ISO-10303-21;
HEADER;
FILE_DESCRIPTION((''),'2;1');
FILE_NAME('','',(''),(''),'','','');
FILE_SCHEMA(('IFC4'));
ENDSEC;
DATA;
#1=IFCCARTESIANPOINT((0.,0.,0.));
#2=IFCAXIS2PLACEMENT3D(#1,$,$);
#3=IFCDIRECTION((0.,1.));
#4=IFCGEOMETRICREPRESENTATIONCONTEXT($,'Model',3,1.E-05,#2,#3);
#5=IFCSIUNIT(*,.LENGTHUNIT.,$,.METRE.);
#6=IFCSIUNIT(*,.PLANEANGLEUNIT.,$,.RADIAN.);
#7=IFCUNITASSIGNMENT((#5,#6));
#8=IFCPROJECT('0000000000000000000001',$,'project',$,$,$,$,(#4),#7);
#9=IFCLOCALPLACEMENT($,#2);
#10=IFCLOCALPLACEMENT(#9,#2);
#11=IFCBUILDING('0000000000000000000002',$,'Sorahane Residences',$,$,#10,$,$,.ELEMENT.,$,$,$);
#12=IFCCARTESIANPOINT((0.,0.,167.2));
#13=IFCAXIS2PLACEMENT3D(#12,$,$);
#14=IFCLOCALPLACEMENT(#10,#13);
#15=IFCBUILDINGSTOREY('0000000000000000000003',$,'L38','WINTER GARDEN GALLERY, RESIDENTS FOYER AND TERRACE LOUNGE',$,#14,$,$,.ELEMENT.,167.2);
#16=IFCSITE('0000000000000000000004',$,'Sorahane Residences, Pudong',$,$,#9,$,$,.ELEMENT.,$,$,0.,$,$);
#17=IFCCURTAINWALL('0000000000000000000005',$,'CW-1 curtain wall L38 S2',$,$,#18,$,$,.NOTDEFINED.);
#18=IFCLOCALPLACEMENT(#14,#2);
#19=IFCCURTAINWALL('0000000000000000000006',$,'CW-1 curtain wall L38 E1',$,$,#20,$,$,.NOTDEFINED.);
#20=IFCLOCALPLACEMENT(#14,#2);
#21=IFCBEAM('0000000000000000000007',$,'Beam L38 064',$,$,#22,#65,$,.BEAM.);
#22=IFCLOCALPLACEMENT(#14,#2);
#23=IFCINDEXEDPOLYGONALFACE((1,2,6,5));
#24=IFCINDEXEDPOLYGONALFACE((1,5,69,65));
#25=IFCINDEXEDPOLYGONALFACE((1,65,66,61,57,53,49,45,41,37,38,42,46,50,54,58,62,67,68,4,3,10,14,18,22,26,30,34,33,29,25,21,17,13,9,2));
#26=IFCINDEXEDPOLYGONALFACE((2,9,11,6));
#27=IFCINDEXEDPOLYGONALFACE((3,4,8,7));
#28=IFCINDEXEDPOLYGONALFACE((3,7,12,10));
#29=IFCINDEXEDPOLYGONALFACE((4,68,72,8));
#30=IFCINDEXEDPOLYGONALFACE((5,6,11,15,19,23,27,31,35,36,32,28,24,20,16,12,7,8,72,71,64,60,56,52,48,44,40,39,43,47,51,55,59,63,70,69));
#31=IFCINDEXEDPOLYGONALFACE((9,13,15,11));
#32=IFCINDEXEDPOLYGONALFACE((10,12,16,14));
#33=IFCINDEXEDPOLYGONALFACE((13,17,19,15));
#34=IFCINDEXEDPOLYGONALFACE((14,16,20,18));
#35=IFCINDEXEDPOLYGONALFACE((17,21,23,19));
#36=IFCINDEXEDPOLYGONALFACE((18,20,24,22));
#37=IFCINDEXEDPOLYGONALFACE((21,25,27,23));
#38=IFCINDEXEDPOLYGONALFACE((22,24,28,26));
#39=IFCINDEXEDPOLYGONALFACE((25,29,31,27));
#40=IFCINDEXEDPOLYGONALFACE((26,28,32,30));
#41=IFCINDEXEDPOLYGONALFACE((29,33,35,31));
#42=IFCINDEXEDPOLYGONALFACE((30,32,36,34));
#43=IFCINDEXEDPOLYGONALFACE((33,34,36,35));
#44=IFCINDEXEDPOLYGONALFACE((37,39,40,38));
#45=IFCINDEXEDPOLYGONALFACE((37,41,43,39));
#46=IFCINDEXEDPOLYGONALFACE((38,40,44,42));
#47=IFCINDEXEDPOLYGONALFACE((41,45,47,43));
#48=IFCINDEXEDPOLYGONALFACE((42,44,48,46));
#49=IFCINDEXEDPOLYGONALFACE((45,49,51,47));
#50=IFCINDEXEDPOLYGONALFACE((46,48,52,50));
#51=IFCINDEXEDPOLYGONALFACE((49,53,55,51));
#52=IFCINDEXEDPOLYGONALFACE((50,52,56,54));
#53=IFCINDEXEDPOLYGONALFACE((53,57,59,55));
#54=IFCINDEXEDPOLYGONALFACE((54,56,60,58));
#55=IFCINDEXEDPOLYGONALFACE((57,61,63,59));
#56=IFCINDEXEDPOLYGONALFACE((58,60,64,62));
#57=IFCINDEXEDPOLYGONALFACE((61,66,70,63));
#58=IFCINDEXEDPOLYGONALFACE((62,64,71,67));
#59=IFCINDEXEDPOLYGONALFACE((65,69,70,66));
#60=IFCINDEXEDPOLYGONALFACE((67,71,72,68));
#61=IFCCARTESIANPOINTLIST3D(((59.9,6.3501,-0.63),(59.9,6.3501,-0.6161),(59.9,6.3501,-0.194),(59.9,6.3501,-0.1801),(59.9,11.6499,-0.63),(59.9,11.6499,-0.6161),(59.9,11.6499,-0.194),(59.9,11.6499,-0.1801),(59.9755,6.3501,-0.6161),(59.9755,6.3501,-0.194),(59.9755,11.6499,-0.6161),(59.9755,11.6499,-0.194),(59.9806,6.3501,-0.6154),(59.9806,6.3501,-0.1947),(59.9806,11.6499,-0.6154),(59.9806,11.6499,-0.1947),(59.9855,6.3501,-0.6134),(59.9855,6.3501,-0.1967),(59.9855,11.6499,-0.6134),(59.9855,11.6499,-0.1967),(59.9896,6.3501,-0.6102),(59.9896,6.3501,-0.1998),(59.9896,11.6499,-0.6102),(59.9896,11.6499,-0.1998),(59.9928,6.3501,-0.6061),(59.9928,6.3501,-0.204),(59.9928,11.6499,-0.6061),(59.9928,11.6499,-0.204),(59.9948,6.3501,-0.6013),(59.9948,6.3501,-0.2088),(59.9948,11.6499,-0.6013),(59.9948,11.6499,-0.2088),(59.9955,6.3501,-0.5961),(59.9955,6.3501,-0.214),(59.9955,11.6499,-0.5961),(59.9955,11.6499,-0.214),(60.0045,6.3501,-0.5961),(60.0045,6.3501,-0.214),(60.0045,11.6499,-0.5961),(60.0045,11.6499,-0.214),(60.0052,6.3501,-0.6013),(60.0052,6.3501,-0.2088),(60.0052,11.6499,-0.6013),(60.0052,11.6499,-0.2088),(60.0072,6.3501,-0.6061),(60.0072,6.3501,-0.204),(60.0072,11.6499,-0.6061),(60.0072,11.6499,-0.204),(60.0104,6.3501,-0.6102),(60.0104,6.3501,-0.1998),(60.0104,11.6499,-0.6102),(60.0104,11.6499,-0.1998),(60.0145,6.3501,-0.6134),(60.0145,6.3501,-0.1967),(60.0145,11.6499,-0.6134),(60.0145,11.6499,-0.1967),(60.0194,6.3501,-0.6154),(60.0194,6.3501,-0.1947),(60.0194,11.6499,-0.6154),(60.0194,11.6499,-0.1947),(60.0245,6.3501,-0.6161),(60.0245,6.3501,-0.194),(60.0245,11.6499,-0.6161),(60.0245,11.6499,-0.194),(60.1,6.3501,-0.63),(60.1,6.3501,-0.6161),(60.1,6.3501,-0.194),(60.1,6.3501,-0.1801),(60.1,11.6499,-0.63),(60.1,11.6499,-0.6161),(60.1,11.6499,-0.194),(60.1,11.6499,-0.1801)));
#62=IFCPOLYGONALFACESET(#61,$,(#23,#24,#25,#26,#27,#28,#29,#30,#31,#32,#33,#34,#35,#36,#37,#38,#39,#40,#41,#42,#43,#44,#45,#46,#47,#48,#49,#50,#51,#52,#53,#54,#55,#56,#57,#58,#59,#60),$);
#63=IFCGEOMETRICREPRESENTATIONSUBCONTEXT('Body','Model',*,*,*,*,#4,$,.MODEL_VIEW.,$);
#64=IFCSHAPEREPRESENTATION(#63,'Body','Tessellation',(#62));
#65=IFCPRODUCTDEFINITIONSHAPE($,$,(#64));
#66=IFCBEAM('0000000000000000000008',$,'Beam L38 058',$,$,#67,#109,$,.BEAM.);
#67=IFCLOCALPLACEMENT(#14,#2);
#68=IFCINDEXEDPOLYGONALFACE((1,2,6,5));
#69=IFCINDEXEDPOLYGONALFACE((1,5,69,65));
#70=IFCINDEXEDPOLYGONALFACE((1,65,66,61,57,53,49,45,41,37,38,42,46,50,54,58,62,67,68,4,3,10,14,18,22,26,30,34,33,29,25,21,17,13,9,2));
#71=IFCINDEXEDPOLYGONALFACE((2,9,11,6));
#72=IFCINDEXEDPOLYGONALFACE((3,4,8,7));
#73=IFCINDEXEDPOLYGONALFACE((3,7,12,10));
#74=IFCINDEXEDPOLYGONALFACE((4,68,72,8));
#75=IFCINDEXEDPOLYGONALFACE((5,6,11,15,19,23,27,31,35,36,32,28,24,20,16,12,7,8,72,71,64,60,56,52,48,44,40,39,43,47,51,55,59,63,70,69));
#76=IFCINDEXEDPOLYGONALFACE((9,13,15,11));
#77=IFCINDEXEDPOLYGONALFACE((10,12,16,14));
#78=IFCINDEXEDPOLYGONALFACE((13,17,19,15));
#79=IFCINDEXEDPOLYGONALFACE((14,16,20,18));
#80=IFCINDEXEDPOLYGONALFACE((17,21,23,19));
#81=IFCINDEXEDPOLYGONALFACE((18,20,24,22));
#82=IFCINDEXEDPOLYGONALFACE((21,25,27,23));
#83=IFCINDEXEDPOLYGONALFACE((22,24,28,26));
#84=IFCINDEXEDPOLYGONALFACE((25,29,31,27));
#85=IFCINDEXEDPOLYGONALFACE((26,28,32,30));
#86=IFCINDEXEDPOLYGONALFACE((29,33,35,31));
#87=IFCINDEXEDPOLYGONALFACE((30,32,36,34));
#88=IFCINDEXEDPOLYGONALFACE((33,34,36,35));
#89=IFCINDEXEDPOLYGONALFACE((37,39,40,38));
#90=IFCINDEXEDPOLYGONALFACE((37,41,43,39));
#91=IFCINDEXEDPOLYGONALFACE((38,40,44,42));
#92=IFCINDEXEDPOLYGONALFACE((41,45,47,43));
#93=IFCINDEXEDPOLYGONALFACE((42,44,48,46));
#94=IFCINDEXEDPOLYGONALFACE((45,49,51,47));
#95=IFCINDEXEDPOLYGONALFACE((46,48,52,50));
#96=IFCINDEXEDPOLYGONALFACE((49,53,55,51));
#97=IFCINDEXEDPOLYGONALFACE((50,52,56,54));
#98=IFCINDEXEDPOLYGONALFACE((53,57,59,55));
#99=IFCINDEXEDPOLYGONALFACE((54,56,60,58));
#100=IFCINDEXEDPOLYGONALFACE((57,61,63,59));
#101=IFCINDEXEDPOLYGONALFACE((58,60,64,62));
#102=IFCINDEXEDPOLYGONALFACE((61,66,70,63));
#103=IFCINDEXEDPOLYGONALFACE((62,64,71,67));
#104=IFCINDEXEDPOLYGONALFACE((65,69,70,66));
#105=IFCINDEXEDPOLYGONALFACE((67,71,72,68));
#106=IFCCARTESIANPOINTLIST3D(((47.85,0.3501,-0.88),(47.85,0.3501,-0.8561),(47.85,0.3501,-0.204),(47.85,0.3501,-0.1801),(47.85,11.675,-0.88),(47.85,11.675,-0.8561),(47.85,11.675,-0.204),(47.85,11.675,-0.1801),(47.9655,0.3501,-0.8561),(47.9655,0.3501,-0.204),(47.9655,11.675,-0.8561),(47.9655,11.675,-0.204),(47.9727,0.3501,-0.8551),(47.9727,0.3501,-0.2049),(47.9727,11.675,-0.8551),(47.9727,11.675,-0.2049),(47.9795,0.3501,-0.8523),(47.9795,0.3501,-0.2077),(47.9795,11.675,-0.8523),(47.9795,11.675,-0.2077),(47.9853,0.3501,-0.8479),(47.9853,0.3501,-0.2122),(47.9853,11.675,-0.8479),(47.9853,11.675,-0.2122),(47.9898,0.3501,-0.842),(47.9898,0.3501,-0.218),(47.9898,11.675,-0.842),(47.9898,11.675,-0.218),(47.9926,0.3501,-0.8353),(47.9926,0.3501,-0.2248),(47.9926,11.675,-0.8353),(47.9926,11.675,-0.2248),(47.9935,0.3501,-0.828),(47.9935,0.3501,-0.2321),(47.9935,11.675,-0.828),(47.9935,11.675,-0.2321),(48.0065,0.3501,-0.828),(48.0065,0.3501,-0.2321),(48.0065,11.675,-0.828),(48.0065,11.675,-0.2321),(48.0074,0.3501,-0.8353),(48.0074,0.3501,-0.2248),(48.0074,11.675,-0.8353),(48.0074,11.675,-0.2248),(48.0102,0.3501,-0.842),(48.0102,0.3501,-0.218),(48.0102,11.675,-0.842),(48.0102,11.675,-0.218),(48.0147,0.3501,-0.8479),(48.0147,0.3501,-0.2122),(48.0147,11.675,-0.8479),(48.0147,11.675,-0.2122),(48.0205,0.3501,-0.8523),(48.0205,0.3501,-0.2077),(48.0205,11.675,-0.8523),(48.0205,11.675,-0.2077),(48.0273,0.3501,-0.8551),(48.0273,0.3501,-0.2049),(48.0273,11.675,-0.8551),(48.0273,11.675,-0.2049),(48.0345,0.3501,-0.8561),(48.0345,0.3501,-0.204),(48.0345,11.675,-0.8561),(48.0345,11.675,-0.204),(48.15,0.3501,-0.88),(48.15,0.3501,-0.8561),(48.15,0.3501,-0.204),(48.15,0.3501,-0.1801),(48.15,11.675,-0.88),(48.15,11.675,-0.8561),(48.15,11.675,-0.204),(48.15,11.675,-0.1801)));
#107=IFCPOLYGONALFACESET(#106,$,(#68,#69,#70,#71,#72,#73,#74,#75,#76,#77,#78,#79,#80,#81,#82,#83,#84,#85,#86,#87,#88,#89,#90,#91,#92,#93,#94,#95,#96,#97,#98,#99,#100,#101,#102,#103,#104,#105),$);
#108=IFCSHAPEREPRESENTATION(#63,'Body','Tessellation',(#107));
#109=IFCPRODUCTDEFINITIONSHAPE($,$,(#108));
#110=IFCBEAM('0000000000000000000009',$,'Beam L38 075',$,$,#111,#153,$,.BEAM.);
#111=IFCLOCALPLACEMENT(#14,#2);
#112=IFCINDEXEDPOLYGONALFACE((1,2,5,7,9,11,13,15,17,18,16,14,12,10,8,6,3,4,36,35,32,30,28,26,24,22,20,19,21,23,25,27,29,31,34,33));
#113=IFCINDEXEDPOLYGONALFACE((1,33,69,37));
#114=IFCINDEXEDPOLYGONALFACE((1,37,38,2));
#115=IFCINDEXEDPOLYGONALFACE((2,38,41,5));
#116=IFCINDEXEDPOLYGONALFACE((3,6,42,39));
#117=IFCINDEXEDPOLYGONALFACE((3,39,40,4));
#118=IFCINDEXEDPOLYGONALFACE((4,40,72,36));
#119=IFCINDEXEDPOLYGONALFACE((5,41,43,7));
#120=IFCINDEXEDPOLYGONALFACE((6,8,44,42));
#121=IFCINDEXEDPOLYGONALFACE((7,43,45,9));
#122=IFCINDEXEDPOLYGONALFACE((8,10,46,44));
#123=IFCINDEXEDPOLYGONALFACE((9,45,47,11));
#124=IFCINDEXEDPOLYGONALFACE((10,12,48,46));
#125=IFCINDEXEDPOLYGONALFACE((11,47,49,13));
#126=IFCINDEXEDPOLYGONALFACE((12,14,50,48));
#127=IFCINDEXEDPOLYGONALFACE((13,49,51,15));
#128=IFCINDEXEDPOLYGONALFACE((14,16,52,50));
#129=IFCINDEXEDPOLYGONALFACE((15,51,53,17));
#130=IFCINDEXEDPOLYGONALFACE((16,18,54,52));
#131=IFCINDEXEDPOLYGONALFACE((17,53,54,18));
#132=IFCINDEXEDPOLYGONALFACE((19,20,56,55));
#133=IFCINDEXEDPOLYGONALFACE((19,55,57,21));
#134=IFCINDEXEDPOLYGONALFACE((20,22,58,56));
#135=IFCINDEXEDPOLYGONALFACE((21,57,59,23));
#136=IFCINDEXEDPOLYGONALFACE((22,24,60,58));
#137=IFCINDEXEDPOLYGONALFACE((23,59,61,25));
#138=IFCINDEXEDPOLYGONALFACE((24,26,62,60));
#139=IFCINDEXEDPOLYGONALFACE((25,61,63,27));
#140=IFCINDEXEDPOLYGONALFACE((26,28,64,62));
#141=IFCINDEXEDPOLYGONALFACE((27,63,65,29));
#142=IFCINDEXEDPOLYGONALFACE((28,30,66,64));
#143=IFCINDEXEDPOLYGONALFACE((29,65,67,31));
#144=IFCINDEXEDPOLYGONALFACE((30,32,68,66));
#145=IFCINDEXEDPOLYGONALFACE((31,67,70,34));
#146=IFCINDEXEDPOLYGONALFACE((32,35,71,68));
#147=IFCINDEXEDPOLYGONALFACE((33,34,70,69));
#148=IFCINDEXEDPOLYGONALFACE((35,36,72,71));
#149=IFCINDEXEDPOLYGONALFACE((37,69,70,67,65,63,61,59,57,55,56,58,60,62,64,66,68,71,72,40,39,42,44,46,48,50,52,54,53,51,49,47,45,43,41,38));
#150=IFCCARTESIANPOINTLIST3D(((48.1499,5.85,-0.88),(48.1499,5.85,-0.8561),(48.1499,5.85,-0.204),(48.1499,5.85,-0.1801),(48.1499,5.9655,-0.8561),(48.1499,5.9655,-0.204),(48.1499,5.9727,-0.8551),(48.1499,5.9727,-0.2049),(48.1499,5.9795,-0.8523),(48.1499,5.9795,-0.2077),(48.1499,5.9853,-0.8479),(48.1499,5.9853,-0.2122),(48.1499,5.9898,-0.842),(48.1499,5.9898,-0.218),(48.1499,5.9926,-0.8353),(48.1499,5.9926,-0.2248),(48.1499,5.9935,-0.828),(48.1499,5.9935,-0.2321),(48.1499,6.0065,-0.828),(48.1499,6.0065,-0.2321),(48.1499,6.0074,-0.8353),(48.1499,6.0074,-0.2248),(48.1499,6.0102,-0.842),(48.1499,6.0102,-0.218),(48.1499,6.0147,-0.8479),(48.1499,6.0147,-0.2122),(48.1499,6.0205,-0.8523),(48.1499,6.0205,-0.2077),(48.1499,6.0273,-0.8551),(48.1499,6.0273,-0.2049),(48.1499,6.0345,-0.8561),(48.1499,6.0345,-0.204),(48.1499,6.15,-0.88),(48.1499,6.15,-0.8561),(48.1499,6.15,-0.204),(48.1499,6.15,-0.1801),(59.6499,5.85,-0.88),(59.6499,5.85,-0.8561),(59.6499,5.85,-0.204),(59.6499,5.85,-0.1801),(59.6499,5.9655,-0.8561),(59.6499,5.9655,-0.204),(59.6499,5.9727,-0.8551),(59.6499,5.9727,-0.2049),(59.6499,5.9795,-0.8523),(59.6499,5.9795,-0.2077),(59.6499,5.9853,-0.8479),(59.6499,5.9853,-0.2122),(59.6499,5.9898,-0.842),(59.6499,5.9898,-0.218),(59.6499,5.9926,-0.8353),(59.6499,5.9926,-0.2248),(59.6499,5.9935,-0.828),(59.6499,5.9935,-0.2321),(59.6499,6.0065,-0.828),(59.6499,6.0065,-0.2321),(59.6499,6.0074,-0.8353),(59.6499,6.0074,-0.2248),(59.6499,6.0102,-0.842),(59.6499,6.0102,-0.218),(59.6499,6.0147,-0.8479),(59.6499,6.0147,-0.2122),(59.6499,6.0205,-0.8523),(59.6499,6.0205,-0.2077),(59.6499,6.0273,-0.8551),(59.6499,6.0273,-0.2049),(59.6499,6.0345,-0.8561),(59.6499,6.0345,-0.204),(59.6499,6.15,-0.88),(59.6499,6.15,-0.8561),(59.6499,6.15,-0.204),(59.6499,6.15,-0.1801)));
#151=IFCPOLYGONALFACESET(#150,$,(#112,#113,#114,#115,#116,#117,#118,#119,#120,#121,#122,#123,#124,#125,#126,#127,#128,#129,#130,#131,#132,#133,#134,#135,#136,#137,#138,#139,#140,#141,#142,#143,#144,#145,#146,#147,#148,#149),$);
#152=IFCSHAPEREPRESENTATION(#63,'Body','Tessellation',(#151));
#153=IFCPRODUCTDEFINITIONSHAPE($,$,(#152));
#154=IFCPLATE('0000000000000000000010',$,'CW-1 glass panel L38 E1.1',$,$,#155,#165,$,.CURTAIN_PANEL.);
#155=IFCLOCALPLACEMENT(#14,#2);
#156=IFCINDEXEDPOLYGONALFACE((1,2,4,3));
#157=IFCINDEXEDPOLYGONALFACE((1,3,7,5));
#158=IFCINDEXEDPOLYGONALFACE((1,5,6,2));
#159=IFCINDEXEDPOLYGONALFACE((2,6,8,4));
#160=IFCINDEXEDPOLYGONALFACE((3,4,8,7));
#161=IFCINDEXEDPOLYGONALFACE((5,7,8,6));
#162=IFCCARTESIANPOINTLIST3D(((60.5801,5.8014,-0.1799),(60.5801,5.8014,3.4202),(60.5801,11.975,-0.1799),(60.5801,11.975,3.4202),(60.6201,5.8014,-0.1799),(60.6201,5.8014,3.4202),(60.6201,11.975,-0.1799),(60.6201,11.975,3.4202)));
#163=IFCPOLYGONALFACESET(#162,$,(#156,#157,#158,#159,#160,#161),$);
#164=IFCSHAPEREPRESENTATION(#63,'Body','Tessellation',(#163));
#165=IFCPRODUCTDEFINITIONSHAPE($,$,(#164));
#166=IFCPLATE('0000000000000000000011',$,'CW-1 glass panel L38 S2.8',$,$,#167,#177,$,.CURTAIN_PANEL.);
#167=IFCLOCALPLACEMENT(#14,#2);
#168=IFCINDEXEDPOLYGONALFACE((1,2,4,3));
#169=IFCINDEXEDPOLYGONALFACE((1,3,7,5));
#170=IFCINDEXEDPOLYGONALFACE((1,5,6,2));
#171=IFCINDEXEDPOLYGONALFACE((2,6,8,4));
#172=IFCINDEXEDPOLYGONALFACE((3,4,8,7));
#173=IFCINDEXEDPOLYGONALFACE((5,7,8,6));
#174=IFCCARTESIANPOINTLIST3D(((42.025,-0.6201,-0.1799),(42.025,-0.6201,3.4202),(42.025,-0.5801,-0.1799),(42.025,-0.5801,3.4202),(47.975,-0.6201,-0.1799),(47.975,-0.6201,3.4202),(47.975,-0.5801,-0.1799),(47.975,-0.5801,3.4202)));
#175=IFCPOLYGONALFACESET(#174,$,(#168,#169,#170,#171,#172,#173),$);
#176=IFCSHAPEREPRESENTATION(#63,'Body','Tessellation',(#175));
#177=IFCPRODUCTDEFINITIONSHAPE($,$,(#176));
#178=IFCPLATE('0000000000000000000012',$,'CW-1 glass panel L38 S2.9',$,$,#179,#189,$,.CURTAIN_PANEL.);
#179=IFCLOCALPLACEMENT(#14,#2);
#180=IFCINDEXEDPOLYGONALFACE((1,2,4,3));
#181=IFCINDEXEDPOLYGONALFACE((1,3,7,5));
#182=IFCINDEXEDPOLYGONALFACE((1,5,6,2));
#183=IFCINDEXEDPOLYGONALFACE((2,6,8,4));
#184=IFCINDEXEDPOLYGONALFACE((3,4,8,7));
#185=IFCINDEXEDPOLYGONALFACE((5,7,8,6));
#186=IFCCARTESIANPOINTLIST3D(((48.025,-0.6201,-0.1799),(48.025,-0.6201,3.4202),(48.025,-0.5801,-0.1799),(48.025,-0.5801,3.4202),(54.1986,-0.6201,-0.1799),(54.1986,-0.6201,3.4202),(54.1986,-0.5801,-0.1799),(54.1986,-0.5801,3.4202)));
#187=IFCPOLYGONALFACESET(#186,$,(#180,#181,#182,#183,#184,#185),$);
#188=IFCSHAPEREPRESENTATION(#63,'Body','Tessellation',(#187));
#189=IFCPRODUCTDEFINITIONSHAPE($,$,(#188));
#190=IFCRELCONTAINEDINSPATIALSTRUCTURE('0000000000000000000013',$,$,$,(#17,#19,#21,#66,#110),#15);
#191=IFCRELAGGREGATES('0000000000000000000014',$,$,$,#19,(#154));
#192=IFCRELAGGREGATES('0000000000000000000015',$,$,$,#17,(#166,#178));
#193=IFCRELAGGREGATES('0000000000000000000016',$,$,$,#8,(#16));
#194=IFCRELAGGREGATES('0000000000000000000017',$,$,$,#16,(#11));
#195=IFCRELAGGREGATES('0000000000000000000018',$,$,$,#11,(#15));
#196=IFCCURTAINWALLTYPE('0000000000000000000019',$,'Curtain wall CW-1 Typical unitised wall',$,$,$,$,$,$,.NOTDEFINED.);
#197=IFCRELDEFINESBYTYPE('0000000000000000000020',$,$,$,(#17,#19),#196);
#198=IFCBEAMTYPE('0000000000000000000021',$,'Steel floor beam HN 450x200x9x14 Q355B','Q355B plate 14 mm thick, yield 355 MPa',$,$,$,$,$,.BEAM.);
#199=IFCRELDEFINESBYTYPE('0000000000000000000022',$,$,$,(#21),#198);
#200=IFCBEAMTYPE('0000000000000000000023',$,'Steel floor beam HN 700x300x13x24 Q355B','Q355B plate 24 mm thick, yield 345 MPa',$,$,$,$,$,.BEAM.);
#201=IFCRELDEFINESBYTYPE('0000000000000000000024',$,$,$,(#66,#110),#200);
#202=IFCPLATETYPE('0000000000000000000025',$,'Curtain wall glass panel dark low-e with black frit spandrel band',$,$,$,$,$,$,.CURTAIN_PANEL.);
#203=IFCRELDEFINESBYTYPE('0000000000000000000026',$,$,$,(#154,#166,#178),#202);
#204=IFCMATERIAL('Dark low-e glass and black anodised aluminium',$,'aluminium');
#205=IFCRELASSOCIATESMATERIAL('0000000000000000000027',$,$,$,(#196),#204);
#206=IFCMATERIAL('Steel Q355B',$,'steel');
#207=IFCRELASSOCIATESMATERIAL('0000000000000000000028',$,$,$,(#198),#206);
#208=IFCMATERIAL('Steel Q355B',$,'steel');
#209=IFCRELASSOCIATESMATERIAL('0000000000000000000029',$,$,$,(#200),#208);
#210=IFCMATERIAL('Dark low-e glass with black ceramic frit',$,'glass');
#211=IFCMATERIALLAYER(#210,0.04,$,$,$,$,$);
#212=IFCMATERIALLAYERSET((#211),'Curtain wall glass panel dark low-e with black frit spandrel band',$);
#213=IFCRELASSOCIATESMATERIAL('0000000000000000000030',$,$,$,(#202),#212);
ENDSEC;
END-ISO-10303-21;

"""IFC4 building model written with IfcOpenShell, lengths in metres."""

from ifc_helpers import new_model, si_unit, direction, frame, origin, origin_2d, place, context, subcontext, project, spatial, rectangle, i_section, extrude, material, layer, layer_set, material_profile, profile_set, type_object, element, aggregate, save


model = new_model("IFC4")

# Units and contexts
model_context = context("Model", 3, precision=1e-05, world=origin(), true_north=direction((0.0, 1.0)))
body_context = subcontext(model_context, "Body", "Model", "MODEL_VIEW")
ifc_project = project(units=[si_unit("LENGTHUNIT", "METRE"), si_unit("PLANEANGLEUNIT", "RADIAN")], contexts=[model_context])

# Site, building, storey
site_placement = place(None, origin())
site = spatial("IfcSite", under=ifc_project, at=site_placement, Name="Sorahane Residences, Pudong", CompositionType="ELEMENT", RefElevation=0.0)
building_placement = place(site_placement, origin())
building = spatial("IfcBuilding", under=site, at=building_placement, Name="Sorahane Residences", CompositionType="ELEMENT")
storey_placement = place(building_placement, frame((0.0, 0.0, 167.2)))
storey = spatial("IfcBuildingStorey", under=building, at=storey_placement, Name="L38", Description="WINTER GARDEN GALLERY, RESIDENTS FOYER AND TERRACE LOUNGE", CompositionType="ELEMENT", Elevation=167.2)

# Curtain wall
ifc_material_1 = material(Name="Dark low-e glass and black anodised aluminium", Category="aluminium")
curtain_wall_type_1 = type_object("IfcCurtainWallType", Name="Curtain wall CW-1 Typical unitised wall", PredefinedType="NOTDEFINED", material=ifc_material_1)
curtain_wall_1_placement = place(storey_placement, origin())
curtain_wall_1 = element("IfcCurtainWall", 1, at=curtain_wall_1_placement, inside=storey, type_object=curtain_wall_type_1, Name="CW-1 curtain wall L38 S2", PredefinedType="NOTDEFINED")

# Curtain wall
curtain_wall_2_placement = place(storey_placement, origin())
curtain_wall_2 = element("IfcCurtainWall", 2, at=curtain_wall_2_placement, inside=storey, type_object=curtain_wall_type_1, Name="CW-1 curtain wall L38 E1", PredefinedType="NOTDEFINED")

# Beams
ifc_material_2 = material(Name="Steel Q355B", Category="steel")
ifc_material_profile_1 = material_profile(ifc_material_2, i_section(OverallWidth=0.2, OverallDepth=0.45, WebThickness=0.009, FlangeThickness=0.0139, FilletRadius=0.02, at=origin_2d()), Name="HN 450x200x9x14")
ifc_profile_set_1 = profile_set([ifc_material_profile_1], Name="Steel Q355B")
beam_type_1 = type_object("IfcBeamType", Name="Steel floor beam HN 450x200x9x14 Q355B", Description="Q355B plate 14 mm thick, yield 355 MPa", PredefinedType="BEAM", material=ifc_profile_set_1)
for number, where, z_axis, x_axis, name in (
    (3, (60.0, 6.3501, -0.405), (0.0, 1.0, 0.0), (-1.0, 0.0, 0.0), "Beam L38 064"),
):
    element("IfcBeam", number, at=place(storey_placement, frame(where, z_axis=z_axis, x_axis=x_axis)), inside=storey, type_object=beam_type_1, Name=name, PredefinedType="BEAM", context=body_context, shape_type="SweptSolid", body=[
        extrude(i_section(OverallWidth=0.2, OverallDepth=0.45, WebThickness=0.009, FlangeThickness=0.0139, FilletRadius=0.02, at=origin_2d()), origin(), (0.0, 0.0, 1.0), 5.2998),
    ])
ifc_material_3 = material(Name="Steel Q355B", Category="steel")
ifc_material_profile_2 = material_profile(ifc_material_3, i_section(OverallWidth=0.3, OverallDepth=0.7, WebThickness=0.0129, FlangeThickness=0.0239, FilletRadius=0.0281, at=origin_2d()), Name="HN 700x300x13x24")
ifc_profile_set_2 = profile_set([ifc_material_profile_2], Name="Steel Q355B")
beam_type_2 = type_object("IfcBeamType", Name="Steel floor beam HN 700x300x13x24 Q355B", Description="Q355B plate 24 mm thick, yield 345 MPa", PredefinedType="BEAM", material=ifc_profile_set_2)
beam_1_placement = place(storey_placement, frame((48.0, 0.3501, -0.53), z_axis=(0.0, 1.0, 0.0), x_axis=(-1.0, 0.0, 0.0)))
element("IfcBeam", 4, at=beam_1_placement, inside=storey, type_object=beam_type_2, Name="Beam L38 058", PredefinedType="BEAM", context=body_context, shape_type="SweptSolid", body=[
    extrude(i_section(OverallWidth=0.3, OverallDepth=0.7, WebThickness=0.0129, FlangeThickness=0.0239, FilletRadius=0.0281, at=origin_2d()), origin(), (0.0, 0.0, 1.0), 11.325),
])
beam_2_placement = place(storey_placement, frame((48.1499, 6.0, -0.53), z_axis=(1.0, 0.0, 0.0), x_axis=(0.0, 1.0, 0.0)))
element("IfcBeam", 5, at=beam_2_placement, inside=storey, type_object=beam_type_2, Name="Beam L38 075", PredefinedType="BEAM", context=body_context, shape_type="SweptSolid", body=[
    extrude(i_section(OverallWidth=0.3, OverallDepth=0.7, WebThickness=0.0129, FlangeThickness=0.0239, FilletRadius=0.0281, at=origin_2d()), origin(), (0.0, 0.0, 1.0), 11.5),
])

# Plates
ifc_material_4 = material(Name="Dark low-e glass with black ceramic frit", Category="glass")
ifc_layer_1 = layer(ifc_material_4, 0.04)
ifc_layer_set_1 = layer_set([ifc_layer_1], Name="Curtain wall glass panel dark low-e with black frit spandrel band")
plate_type = type_object("IfcPlateType", Name="Curtain wall glass panel dark low-e with black frit spandrel band", PredefinedType="CURTAIN_PANEL", material=ifc_layer_set_1)
plate_1_placement = place(storey_placement, frame((60.6001, 8.8882, -0.1799), z_axis=(0.0, 0.0, 1.0), x_axis=(0.0, 1.0, 0.0)))
plate_1 = element("IfcPlate", 6, at=plate_1_placement, type_object=plate_type, Name="CW-1 glass panel L38 E1.1", PredefinedType="CURTAIN_PANEL", context=body_context, shape_type="SweptSolid", body=[
    extrude(rectangle(XDim=6.1736, YDim=0.04, at=origin_2d()), origin(), (0.0, 0.0, 1.0), 3.6001),
])
aggregate(curtain_wall_2, [plate_1])
plate_2_placement = place(storey_placement, frame((45.0, -0.6001, -0.1799), z_axis=(0.0, 0.0, 1.0), x_axis=(1.0, 0.0, 0.0)))
plate_2 = element("IfcPlate", 7, at=plate_2_placement, type_object=plate_type, Name="CW-1 glass panel L38 S2.8", PredefinedType="CURTAIN_PANEL", context=body_context, shape_type="SweptSolid", body=[
    extrude(rectangle(XDim=5.95, YDim=0.04, at=origin_2d()), origin(), (0.0, 0.0, 1.0), 3.6001),
])
plate_3_placement = place(storey_placement, frame((51.1118, -0.6001, -0.1799), z_axis=(0.0, 0.0, 1.0), x_axis=(1.0, 0.0, 0.0)))
plate_3 = element("IfcPlate", 8, at=plate_3_placement, type_object=plate_type, Name="CW-1 glass panel L38 S2.9", PredefinedType="CURTAIN_PANEL", context=body_context, shape_type="SweptSolid", body=[
    extrude(rectangle(XDim=6.1736, YDim=0.04, at=origin_2d()), origin(), (0.0, 0.0, 1.0), 3.6001),
])
aggregate(curtain_wall_1, [plate_2, plate_3])

save(model, "model.ifc")
